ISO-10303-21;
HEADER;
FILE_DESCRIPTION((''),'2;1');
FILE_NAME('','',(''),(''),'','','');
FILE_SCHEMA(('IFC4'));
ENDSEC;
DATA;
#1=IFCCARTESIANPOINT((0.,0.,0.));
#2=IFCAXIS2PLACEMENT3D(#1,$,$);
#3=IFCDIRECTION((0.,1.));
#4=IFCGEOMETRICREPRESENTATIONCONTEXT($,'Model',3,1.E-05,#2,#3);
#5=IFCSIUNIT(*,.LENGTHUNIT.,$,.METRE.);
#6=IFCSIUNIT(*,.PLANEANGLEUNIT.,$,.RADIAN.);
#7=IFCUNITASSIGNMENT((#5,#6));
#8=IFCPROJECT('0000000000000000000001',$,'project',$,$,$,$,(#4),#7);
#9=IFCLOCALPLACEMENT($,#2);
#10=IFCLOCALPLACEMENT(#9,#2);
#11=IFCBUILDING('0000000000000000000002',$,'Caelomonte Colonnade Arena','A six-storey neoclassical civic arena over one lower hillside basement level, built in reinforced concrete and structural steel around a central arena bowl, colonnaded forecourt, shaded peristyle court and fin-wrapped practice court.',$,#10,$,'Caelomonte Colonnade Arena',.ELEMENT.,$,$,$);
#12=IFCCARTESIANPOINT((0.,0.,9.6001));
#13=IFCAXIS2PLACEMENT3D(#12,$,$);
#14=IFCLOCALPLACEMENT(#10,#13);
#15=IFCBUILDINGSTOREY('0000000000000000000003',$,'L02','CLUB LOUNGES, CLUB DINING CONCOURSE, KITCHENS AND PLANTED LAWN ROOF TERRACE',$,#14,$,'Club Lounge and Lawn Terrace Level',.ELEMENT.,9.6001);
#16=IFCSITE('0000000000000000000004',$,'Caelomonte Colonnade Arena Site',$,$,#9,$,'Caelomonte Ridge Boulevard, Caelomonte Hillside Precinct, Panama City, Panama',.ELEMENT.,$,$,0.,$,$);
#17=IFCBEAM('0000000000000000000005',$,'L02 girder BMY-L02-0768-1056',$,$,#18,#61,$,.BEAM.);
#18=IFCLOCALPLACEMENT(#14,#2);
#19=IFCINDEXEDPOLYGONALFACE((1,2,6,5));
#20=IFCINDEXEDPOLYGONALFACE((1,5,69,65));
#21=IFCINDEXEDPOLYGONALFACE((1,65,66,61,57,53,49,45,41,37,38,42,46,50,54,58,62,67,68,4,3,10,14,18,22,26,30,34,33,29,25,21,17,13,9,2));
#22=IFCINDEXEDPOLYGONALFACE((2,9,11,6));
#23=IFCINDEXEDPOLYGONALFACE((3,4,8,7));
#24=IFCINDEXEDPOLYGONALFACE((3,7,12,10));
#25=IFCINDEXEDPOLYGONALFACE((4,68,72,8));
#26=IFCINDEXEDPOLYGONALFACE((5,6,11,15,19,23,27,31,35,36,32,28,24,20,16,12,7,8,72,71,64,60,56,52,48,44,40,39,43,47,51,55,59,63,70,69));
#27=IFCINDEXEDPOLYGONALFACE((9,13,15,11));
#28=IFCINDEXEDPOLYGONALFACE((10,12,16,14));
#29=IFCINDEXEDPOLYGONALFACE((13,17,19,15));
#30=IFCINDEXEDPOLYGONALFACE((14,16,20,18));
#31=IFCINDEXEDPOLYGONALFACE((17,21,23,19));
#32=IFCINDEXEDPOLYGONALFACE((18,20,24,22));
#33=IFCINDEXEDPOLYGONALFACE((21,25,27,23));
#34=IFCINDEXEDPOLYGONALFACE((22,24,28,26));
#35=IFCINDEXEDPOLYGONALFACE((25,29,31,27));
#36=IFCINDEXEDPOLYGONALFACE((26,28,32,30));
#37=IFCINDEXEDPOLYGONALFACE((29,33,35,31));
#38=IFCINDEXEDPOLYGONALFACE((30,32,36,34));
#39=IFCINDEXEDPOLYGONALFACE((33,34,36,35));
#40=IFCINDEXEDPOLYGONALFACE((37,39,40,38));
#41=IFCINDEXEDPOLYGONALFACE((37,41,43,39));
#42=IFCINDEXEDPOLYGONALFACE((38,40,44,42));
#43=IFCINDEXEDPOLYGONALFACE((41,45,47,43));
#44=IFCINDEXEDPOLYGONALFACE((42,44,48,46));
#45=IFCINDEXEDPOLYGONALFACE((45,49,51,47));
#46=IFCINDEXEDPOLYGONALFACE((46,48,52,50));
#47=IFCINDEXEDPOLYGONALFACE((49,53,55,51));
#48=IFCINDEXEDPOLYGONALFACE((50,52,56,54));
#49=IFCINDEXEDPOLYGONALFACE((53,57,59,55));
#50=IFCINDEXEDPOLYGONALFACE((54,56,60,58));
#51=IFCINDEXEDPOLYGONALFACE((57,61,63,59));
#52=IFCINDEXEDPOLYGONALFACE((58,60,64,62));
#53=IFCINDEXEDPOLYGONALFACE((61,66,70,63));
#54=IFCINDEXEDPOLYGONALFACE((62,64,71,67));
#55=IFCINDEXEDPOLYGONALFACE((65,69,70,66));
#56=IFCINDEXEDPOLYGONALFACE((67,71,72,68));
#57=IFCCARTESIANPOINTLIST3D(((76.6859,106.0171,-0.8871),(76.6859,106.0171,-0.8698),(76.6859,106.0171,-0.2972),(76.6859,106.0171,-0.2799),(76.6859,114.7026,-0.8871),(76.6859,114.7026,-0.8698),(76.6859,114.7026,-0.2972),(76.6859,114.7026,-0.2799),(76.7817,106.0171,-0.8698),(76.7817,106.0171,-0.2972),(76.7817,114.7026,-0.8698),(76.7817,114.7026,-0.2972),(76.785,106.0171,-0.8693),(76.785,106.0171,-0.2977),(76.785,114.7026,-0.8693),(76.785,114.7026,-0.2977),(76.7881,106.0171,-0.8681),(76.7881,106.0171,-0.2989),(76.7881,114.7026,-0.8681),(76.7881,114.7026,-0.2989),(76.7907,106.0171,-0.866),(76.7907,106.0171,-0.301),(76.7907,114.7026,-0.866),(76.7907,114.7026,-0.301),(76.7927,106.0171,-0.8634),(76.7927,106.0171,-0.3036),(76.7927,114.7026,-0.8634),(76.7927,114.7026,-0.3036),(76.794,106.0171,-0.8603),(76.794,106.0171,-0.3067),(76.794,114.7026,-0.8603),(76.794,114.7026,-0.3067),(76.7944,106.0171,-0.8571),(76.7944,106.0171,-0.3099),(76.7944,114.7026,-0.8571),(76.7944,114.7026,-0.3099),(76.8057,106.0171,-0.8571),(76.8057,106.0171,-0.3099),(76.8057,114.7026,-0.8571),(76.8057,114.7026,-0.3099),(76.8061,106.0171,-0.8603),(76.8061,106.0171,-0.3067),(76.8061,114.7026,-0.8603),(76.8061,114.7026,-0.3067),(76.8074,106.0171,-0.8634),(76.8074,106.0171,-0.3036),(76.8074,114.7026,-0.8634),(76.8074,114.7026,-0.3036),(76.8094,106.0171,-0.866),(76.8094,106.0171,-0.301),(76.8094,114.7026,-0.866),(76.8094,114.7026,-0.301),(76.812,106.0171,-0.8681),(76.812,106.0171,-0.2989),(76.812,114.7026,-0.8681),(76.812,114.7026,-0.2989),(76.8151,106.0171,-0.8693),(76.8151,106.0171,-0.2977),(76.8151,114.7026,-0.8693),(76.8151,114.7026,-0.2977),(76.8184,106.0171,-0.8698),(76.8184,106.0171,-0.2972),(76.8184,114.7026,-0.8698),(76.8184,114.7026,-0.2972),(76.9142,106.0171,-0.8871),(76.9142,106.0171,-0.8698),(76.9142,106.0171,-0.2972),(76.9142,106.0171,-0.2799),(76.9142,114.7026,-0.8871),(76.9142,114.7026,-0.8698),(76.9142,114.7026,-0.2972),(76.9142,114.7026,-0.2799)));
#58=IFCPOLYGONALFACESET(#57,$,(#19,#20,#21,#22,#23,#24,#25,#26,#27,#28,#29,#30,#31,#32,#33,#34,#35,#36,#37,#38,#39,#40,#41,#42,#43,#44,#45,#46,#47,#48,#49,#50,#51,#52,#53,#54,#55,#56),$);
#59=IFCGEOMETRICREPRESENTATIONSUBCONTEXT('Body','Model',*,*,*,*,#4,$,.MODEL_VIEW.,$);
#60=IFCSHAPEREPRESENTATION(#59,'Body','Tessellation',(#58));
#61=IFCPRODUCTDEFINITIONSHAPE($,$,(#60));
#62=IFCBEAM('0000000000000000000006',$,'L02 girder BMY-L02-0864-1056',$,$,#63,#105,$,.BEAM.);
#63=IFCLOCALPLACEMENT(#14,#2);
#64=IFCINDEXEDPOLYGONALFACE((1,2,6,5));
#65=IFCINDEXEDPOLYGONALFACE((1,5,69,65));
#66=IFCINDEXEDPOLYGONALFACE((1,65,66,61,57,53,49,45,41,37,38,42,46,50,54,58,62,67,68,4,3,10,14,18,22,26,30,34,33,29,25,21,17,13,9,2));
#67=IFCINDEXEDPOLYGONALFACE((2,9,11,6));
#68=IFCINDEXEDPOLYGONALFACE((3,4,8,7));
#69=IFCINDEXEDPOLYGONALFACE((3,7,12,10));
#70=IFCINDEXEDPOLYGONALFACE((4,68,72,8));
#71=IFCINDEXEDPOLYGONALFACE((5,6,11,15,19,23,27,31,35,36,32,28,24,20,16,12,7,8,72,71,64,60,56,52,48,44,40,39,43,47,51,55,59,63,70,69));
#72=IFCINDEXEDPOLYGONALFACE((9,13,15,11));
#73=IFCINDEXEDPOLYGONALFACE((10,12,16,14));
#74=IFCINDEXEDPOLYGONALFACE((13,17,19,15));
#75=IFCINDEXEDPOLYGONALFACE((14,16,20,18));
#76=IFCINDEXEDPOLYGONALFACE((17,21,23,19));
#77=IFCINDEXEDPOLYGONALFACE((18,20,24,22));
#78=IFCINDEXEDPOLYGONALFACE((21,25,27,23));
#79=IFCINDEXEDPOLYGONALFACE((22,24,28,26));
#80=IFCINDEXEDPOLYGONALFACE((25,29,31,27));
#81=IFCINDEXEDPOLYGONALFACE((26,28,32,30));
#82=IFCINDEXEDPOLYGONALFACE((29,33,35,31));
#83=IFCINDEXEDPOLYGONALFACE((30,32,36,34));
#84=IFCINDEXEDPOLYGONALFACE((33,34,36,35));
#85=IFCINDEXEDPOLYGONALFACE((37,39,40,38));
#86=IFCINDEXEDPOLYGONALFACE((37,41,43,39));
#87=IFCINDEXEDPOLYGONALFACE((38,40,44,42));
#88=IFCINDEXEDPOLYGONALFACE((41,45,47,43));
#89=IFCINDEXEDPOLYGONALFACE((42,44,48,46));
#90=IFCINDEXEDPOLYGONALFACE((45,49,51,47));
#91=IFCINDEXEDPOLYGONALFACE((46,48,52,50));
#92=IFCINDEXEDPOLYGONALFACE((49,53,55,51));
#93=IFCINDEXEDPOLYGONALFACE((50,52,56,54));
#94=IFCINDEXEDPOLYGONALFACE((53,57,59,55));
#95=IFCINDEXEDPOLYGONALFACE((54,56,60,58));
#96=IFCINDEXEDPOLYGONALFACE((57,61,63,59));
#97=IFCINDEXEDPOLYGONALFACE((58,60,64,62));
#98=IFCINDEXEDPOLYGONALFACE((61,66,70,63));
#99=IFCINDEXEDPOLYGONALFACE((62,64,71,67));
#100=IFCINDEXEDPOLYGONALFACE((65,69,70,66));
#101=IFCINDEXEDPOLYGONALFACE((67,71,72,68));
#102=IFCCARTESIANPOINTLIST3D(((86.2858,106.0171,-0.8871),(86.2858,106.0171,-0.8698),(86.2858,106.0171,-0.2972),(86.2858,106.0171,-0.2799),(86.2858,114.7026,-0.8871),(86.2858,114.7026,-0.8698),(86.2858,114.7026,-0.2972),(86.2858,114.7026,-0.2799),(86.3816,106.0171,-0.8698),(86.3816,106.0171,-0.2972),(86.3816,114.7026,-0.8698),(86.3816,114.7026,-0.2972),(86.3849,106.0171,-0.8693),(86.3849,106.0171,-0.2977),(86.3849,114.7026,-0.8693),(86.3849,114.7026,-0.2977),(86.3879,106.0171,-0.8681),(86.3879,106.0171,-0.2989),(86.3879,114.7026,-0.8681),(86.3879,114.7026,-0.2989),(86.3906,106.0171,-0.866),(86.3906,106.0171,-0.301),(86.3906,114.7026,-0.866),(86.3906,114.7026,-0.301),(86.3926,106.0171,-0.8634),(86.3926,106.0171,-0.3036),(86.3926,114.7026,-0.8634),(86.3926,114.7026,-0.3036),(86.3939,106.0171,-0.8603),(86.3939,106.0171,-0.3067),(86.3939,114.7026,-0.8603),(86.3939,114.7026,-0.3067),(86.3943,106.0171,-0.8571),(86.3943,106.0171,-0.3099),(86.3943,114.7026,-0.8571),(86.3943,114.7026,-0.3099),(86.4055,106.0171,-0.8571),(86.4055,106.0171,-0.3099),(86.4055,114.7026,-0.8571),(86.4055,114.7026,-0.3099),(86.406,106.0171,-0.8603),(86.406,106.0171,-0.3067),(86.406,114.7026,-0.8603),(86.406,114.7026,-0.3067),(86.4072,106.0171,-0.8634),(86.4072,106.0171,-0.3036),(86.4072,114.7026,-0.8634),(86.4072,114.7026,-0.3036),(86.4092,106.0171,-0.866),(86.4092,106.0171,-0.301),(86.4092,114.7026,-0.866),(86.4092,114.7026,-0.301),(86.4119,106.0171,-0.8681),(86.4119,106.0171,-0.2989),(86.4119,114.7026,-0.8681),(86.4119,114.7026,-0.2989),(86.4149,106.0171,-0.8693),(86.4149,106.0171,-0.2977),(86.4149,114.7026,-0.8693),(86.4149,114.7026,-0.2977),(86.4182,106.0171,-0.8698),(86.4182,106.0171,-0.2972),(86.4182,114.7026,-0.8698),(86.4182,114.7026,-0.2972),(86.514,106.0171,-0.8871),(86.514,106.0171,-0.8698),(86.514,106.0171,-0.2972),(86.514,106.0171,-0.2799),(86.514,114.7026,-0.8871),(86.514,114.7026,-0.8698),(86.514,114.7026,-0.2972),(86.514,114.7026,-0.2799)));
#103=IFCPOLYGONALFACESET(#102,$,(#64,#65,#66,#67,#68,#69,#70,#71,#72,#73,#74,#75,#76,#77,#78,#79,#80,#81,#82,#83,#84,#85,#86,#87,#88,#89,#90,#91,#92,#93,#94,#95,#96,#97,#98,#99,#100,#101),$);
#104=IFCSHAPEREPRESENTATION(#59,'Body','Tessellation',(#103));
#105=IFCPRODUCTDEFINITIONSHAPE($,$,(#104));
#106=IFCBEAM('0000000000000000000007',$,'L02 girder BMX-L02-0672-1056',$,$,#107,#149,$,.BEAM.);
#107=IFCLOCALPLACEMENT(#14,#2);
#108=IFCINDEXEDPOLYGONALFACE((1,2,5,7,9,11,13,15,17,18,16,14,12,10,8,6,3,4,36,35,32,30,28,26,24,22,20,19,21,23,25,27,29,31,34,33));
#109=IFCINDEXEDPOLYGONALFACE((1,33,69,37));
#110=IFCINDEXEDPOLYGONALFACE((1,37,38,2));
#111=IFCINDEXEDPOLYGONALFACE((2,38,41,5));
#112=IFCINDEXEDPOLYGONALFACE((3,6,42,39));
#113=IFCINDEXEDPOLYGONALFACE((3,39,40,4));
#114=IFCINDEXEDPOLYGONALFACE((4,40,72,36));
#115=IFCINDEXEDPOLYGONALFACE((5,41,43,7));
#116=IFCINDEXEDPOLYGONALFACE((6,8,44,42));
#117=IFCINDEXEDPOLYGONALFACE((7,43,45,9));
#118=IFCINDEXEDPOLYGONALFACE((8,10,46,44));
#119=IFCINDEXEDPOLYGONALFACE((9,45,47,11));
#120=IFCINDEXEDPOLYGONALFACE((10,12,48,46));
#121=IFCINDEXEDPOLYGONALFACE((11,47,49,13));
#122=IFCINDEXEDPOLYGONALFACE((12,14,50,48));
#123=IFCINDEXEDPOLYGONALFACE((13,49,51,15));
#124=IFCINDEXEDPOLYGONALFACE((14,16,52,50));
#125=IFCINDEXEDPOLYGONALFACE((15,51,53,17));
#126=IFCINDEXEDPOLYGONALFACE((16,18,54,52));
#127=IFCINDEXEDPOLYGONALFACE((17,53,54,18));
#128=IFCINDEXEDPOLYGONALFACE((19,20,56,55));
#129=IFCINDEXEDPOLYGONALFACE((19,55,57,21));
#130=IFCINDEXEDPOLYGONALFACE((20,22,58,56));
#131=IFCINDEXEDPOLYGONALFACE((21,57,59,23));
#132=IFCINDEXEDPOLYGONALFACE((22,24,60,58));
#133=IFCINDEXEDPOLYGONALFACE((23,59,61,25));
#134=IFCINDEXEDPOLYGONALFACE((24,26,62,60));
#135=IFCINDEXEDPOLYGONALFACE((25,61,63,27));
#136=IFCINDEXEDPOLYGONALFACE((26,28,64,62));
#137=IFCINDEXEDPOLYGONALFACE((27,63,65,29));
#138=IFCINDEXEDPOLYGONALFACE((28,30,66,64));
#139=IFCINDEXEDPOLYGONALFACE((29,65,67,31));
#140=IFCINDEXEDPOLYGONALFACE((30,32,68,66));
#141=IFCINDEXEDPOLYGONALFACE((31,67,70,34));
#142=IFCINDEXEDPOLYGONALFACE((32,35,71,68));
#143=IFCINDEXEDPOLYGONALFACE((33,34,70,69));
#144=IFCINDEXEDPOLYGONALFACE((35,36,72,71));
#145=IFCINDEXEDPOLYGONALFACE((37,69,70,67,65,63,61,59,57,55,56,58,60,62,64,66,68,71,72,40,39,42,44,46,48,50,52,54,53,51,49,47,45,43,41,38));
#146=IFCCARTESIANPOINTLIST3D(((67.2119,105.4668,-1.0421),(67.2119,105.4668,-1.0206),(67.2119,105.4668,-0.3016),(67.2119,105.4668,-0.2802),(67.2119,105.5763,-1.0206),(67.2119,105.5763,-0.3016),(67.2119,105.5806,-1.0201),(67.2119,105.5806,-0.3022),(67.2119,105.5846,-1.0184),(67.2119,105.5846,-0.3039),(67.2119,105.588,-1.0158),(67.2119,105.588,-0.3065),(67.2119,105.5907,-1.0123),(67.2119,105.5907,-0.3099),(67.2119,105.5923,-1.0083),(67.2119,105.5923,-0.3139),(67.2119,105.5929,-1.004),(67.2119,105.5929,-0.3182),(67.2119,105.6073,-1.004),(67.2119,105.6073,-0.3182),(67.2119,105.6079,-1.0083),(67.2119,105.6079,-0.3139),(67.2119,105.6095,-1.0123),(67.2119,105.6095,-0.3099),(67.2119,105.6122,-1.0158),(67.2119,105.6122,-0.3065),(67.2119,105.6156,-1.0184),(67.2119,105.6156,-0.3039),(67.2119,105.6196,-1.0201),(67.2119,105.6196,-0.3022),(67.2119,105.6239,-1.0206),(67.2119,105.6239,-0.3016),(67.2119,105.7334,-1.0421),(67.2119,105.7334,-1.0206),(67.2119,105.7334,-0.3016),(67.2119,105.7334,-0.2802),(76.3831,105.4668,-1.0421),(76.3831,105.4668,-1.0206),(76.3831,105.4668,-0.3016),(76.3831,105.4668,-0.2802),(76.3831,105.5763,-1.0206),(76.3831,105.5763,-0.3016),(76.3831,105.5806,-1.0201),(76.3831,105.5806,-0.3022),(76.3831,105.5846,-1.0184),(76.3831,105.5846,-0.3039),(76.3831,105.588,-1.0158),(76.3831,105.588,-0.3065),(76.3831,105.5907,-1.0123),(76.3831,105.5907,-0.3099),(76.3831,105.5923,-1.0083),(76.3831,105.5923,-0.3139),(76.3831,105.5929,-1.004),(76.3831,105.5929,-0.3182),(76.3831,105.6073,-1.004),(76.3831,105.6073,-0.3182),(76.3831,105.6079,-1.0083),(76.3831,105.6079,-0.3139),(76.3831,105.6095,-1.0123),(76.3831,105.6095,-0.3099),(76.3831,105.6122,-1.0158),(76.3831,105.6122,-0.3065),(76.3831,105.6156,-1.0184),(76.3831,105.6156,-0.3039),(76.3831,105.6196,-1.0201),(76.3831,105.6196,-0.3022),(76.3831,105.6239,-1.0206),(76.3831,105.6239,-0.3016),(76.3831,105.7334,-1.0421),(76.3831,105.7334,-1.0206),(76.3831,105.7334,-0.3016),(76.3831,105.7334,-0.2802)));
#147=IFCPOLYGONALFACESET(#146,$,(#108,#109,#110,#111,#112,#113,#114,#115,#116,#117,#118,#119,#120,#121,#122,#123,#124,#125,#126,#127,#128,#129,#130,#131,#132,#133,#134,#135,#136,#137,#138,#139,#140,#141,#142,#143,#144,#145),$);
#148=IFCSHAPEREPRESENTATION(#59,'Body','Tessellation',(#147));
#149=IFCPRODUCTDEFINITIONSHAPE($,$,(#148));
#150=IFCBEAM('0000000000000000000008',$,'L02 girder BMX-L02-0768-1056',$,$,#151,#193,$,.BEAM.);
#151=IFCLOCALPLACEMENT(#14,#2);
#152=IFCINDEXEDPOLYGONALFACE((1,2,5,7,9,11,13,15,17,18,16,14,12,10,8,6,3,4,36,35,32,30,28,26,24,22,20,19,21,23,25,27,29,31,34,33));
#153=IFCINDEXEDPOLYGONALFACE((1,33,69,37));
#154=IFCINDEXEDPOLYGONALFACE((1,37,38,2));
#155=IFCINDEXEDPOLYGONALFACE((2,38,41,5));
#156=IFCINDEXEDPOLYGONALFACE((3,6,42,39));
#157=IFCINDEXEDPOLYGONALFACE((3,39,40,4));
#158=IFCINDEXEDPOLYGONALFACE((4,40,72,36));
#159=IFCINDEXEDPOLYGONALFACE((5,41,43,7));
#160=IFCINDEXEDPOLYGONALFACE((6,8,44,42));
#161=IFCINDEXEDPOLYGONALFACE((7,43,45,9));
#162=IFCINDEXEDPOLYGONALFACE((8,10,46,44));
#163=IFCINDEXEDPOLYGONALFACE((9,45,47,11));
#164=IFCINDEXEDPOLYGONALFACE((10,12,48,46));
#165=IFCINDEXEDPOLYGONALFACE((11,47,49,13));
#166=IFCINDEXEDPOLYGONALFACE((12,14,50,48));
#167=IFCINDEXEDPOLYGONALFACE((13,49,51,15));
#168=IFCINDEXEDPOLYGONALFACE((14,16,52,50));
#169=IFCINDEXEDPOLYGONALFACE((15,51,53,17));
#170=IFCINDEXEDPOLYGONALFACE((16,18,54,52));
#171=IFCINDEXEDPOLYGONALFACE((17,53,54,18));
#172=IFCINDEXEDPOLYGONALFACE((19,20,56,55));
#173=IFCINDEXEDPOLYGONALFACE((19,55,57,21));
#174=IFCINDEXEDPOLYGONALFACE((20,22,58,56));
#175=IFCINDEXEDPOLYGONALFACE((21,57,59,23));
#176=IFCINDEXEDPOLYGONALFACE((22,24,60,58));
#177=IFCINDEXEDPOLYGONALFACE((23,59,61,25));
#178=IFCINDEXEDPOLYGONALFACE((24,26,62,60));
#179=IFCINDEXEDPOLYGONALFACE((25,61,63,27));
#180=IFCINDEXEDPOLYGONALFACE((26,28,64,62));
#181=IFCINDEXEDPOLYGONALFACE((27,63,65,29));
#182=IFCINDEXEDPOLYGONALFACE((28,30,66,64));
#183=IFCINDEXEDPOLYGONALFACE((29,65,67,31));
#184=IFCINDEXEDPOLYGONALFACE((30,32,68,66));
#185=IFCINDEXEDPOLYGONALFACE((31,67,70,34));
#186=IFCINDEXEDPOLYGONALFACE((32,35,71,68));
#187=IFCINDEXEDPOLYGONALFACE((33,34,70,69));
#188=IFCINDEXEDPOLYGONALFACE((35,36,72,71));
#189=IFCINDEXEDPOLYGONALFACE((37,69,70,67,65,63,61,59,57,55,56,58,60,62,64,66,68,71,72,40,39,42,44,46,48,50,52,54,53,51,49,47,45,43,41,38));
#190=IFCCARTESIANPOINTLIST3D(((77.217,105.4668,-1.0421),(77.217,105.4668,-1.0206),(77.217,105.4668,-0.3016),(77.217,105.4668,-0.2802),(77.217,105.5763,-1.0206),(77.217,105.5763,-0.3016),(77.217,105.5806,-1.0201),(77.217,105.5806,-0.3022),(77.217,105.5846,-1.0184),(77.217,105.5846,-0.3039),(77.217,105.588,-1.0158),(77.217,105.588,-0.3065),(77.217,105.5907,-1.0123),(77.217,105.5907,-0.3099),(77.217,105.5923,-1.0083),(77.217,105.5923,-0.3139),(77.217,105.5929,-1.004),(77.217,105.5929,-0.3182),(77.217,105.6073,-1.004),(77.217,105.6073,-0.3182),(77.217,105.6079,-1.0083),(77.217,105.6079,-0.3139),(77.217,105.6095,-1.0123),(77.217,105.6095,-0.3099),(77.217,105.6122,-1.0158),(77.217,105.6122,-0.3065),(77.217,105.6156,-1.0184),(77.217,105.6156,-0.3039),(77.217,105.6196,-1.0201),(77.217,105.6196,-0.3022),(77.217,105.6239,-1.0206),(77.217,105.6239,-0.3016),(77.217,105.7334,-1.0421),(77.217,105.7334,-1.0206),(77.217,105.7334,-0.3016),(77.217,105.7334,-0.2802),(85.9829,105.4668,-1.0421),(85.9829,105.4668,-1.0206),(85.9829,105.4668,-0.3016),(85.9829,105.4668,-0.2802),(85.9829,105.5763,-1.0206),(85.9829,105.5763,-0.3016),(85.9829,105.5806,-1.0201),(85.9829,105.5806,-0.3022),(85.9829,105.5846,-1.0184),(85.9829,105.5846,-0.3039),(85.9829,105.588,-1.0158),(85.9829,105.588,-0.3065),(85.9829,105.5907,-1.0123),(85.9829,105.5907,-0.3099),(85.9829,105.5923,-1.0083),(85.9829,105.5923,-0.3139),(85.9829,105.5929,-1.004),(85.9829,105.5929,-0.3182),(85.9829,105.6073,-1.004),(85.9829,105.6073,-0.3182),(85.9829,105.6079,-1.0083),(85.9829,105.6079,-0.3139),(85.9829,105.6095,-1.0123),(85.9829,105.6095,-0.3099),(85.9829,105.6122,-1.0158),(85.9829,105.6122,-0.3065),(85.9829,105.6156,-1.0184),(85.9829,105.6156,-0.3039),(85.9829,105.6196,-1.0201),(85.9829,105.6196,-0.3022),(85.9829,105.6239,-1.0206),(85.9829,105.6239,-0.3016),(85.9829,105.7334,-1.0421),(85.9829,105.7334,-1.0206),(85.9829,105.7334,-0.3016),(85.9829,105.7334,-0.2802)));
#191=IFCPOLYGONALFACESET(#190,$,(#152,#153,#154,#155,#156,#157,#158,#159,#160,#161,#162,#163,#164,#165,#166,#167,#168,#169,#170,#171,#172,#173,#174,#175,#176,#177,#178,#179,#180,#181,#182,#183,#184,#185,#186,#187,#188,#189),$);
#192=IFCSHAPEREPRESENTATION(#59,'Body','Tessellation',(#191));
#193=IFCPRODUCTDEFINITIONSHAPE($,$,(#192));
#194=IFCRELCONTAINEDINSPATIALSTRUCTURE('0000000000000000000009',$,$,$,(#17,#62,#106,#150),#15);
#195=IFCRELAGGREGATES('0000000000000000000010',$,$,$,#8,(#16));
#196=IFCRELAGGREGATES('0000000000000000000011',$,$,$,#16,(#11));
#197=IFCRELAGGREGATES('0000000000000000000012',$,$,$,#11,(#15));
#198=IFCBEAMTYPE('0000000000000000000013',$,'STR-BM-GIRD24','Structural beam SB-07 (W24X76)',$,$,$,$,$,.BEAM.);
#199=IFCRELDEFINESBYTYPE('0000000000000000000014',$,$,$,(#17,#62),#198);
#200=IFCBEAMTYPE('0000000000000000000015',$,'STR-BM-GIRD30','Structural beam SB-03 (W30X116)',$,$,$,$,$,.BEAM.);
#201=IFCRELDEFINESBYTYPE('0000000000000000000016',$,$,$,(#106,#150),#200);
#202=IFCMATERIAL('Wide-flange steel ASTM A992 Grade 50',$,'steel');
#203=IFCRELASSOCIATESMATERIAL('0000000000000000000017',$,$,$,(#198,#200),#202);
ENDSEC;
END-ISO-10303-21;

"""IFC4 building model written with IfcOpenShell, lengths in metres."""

from ifc_helpers import new_model, si_unit, direction, frame, origin, origin_2d, place, context, subcontext, project, spatial, i_section, extrude, material, material_profile, profile_set, type_object, element, save


model = new_model("IFC4")

# Units and contexts
model_context = context("Model", 3, precision=1e-05, world=origin(), true_north=direction((0.0, 1.0)))
body_context = subcontext(model_context, "Body", "Model", "MODEL_VIEW")
ifc_project = project(units=[si_unit("LENGTHUNIT", "METRE"), si_unit("PLANEANGLEUNIT", "RADIAN")], contexts=[model_context])

# Site, building, storey
site_placement = place(None, origin())
site = spatial("IfcSite", under=ifc_project, at=site_placement, Name="Caelomonte Colonnade Arena Site", LongName="Caelomonte Ridge Boulevard, Caelomonte Hillside Precinct, Panama City, Panama", CompositionType="ELEMENT", RefElevation=0.0)
building_placement = place(site_placement, origin())
building = spatial("IfcBuilding", under=site, at=building_placement, Name="Caelomonte Colonnade Arena", Description="A six-storey neoclassical civic arena over one lower hillside basement level, built in reinforced concrete and structural steel around a central arena bowl, colonnaded forecourt, shaded peristyle court and fin-wrapped practice court.", LongName="Caelomonte Colonnade Arena", CompositionType="ELEMENT")
storey_placement = place(building_placement, frame((0.0, 0.0, 9.6001)))
storey = spatial("IfcBuildingStorey", under=building, at=storey_placement, Name="L02", Description="CLUB LOUNGES, CLUB DINING CONCOURSE, KITCHENS AND PLANTED LAWN ROOF TERRACE", LongName="Club Lounge and Lawn Terrace Level", CompositionType="ELEMENT", Elevation=9.6001)

# Shared definitions
ifc_material_1 = material(Name="Wide-flange steel ASTM A992 Grade 50", Category="steel")

# Beams
ifc_material_profile_1 = material_profile(ifc_material_1, i_section(OverallWidth=0.2283, OverallDepth=0.6072, WebThickness=0.0112, FlangeThickness=0.0173, FilletRadius=0.0127, at=origin_2d()), Name="W24X76")
ifc_profile_set_1 = profile_set([ifc_material_profile_1], Name="Wide-flange steel ASTM A992 Grade 50")
beam_type_1 = type_object("IfcBeamType", Name="STR-BM-GIRD24", Description="Structural beam SB-07 (W24X76)", PredefinedType="BEAM", material=ifc_profile_set_1)
for number, where, z_axis, x_axis, name in (
    (1, (76.8, 106.0171, -0.5835), (0.0, 1.0, 0.0), (-1.0, 0.0, 0.0), "L02 girder BMY-L02-0768-1056"),
    (2, (86.3999, 106.0171, -0.5835), (0.0, 1.0, 0.0), (-1.0, 0.0, 0.0), "L02 girder BMY-L02-0864-1056"),
):
    element("IfcBeam", number, at=place(storey_placement, frame(where, z_axis=z_axis, x_axis=x_axis)), inside=storey, type_object=beam_type_1, Name=name, PredefinedType="BEAM", context=body_context, shape_type="SweptSolid", body=[
        extrude(i_section(OverallWidth=0.2283, OverallDepth=0.6072, WebThickness=0.0112, FlangeThickness=0.0173, FilletRadius=0.0127, at=origin_2d()), origin(), (0.0, 0.0, 1.0), 8.6855),
    ])
ifc_material_profile_2 = material_profile(ifc_material_1, i_section(OverallWidth=0.2666, OverallDepth=0.762, WebThickness=0.0144, FlangeThickness=0.0215, FilletRadius=0.0166, at=origin_2d()), Name="W30X116")
ifc_profile_set_2 = profile_set([ifc_material_profile_2], Name="Wide-flange steel ASTM A992 Grade 50")
beam_type_2 = type_object("IfcBeamType", Name="STR-BM-GIRD30", Description="Structural beam SB-03 (W30X116)", PredefinedType="BEAM", material=ifc_profile_set_2)
beam_1_placement = place(storey_placement, frame((67.2119, 105.6001, -0.6611), z_axis=(1.0, 0.0, 0.0), x_axis=(0.0, 1.0, 0.0)))
element("IfcBeam", 3, at=beam_1_placement, inside=storey, type_object=beam_type_2, Name="L02 girder BMX-L02-0672-1056", PredefinedType="BEAM", context=body_context, shape_type="SweptSolid", body=[
    extrude(i_section(OverallWidth=0.2666, OverallDepth=0.762, WebThickness=0.0144, FlangeThickness=0.0215, FilletRadius=0.0166, at=origin_2d()), origin(), (0.0, 0.0, 1.0), 9.1711),
])
beam_2_placement = place(storey_placement, frame((77.217, 105.6001, -0.6611), z_axis=(1.0, 0.0, 0.0), x_axis=(0.0, 1.0, 0.0)))
element("IfcBeam", 4, at=beam_2_placement, inside=storey, type_object=beam_type_2, Name="L02 girder BMX-L02-0768-1056", PredefinedType="BEAM", context=body_context, shape_type="SweptSolid", body=[
    extrude(i_section(OverallWidth=0.2666, OverallDepth=0.762, WebThickness=0.0144, FlangeThickness=0.0215, FilletRadius=0.0166, at=origin_2d()), origin(), (0.0, 0.0, 1.0), 8.7659),
])

save(model, "model.ifc")
